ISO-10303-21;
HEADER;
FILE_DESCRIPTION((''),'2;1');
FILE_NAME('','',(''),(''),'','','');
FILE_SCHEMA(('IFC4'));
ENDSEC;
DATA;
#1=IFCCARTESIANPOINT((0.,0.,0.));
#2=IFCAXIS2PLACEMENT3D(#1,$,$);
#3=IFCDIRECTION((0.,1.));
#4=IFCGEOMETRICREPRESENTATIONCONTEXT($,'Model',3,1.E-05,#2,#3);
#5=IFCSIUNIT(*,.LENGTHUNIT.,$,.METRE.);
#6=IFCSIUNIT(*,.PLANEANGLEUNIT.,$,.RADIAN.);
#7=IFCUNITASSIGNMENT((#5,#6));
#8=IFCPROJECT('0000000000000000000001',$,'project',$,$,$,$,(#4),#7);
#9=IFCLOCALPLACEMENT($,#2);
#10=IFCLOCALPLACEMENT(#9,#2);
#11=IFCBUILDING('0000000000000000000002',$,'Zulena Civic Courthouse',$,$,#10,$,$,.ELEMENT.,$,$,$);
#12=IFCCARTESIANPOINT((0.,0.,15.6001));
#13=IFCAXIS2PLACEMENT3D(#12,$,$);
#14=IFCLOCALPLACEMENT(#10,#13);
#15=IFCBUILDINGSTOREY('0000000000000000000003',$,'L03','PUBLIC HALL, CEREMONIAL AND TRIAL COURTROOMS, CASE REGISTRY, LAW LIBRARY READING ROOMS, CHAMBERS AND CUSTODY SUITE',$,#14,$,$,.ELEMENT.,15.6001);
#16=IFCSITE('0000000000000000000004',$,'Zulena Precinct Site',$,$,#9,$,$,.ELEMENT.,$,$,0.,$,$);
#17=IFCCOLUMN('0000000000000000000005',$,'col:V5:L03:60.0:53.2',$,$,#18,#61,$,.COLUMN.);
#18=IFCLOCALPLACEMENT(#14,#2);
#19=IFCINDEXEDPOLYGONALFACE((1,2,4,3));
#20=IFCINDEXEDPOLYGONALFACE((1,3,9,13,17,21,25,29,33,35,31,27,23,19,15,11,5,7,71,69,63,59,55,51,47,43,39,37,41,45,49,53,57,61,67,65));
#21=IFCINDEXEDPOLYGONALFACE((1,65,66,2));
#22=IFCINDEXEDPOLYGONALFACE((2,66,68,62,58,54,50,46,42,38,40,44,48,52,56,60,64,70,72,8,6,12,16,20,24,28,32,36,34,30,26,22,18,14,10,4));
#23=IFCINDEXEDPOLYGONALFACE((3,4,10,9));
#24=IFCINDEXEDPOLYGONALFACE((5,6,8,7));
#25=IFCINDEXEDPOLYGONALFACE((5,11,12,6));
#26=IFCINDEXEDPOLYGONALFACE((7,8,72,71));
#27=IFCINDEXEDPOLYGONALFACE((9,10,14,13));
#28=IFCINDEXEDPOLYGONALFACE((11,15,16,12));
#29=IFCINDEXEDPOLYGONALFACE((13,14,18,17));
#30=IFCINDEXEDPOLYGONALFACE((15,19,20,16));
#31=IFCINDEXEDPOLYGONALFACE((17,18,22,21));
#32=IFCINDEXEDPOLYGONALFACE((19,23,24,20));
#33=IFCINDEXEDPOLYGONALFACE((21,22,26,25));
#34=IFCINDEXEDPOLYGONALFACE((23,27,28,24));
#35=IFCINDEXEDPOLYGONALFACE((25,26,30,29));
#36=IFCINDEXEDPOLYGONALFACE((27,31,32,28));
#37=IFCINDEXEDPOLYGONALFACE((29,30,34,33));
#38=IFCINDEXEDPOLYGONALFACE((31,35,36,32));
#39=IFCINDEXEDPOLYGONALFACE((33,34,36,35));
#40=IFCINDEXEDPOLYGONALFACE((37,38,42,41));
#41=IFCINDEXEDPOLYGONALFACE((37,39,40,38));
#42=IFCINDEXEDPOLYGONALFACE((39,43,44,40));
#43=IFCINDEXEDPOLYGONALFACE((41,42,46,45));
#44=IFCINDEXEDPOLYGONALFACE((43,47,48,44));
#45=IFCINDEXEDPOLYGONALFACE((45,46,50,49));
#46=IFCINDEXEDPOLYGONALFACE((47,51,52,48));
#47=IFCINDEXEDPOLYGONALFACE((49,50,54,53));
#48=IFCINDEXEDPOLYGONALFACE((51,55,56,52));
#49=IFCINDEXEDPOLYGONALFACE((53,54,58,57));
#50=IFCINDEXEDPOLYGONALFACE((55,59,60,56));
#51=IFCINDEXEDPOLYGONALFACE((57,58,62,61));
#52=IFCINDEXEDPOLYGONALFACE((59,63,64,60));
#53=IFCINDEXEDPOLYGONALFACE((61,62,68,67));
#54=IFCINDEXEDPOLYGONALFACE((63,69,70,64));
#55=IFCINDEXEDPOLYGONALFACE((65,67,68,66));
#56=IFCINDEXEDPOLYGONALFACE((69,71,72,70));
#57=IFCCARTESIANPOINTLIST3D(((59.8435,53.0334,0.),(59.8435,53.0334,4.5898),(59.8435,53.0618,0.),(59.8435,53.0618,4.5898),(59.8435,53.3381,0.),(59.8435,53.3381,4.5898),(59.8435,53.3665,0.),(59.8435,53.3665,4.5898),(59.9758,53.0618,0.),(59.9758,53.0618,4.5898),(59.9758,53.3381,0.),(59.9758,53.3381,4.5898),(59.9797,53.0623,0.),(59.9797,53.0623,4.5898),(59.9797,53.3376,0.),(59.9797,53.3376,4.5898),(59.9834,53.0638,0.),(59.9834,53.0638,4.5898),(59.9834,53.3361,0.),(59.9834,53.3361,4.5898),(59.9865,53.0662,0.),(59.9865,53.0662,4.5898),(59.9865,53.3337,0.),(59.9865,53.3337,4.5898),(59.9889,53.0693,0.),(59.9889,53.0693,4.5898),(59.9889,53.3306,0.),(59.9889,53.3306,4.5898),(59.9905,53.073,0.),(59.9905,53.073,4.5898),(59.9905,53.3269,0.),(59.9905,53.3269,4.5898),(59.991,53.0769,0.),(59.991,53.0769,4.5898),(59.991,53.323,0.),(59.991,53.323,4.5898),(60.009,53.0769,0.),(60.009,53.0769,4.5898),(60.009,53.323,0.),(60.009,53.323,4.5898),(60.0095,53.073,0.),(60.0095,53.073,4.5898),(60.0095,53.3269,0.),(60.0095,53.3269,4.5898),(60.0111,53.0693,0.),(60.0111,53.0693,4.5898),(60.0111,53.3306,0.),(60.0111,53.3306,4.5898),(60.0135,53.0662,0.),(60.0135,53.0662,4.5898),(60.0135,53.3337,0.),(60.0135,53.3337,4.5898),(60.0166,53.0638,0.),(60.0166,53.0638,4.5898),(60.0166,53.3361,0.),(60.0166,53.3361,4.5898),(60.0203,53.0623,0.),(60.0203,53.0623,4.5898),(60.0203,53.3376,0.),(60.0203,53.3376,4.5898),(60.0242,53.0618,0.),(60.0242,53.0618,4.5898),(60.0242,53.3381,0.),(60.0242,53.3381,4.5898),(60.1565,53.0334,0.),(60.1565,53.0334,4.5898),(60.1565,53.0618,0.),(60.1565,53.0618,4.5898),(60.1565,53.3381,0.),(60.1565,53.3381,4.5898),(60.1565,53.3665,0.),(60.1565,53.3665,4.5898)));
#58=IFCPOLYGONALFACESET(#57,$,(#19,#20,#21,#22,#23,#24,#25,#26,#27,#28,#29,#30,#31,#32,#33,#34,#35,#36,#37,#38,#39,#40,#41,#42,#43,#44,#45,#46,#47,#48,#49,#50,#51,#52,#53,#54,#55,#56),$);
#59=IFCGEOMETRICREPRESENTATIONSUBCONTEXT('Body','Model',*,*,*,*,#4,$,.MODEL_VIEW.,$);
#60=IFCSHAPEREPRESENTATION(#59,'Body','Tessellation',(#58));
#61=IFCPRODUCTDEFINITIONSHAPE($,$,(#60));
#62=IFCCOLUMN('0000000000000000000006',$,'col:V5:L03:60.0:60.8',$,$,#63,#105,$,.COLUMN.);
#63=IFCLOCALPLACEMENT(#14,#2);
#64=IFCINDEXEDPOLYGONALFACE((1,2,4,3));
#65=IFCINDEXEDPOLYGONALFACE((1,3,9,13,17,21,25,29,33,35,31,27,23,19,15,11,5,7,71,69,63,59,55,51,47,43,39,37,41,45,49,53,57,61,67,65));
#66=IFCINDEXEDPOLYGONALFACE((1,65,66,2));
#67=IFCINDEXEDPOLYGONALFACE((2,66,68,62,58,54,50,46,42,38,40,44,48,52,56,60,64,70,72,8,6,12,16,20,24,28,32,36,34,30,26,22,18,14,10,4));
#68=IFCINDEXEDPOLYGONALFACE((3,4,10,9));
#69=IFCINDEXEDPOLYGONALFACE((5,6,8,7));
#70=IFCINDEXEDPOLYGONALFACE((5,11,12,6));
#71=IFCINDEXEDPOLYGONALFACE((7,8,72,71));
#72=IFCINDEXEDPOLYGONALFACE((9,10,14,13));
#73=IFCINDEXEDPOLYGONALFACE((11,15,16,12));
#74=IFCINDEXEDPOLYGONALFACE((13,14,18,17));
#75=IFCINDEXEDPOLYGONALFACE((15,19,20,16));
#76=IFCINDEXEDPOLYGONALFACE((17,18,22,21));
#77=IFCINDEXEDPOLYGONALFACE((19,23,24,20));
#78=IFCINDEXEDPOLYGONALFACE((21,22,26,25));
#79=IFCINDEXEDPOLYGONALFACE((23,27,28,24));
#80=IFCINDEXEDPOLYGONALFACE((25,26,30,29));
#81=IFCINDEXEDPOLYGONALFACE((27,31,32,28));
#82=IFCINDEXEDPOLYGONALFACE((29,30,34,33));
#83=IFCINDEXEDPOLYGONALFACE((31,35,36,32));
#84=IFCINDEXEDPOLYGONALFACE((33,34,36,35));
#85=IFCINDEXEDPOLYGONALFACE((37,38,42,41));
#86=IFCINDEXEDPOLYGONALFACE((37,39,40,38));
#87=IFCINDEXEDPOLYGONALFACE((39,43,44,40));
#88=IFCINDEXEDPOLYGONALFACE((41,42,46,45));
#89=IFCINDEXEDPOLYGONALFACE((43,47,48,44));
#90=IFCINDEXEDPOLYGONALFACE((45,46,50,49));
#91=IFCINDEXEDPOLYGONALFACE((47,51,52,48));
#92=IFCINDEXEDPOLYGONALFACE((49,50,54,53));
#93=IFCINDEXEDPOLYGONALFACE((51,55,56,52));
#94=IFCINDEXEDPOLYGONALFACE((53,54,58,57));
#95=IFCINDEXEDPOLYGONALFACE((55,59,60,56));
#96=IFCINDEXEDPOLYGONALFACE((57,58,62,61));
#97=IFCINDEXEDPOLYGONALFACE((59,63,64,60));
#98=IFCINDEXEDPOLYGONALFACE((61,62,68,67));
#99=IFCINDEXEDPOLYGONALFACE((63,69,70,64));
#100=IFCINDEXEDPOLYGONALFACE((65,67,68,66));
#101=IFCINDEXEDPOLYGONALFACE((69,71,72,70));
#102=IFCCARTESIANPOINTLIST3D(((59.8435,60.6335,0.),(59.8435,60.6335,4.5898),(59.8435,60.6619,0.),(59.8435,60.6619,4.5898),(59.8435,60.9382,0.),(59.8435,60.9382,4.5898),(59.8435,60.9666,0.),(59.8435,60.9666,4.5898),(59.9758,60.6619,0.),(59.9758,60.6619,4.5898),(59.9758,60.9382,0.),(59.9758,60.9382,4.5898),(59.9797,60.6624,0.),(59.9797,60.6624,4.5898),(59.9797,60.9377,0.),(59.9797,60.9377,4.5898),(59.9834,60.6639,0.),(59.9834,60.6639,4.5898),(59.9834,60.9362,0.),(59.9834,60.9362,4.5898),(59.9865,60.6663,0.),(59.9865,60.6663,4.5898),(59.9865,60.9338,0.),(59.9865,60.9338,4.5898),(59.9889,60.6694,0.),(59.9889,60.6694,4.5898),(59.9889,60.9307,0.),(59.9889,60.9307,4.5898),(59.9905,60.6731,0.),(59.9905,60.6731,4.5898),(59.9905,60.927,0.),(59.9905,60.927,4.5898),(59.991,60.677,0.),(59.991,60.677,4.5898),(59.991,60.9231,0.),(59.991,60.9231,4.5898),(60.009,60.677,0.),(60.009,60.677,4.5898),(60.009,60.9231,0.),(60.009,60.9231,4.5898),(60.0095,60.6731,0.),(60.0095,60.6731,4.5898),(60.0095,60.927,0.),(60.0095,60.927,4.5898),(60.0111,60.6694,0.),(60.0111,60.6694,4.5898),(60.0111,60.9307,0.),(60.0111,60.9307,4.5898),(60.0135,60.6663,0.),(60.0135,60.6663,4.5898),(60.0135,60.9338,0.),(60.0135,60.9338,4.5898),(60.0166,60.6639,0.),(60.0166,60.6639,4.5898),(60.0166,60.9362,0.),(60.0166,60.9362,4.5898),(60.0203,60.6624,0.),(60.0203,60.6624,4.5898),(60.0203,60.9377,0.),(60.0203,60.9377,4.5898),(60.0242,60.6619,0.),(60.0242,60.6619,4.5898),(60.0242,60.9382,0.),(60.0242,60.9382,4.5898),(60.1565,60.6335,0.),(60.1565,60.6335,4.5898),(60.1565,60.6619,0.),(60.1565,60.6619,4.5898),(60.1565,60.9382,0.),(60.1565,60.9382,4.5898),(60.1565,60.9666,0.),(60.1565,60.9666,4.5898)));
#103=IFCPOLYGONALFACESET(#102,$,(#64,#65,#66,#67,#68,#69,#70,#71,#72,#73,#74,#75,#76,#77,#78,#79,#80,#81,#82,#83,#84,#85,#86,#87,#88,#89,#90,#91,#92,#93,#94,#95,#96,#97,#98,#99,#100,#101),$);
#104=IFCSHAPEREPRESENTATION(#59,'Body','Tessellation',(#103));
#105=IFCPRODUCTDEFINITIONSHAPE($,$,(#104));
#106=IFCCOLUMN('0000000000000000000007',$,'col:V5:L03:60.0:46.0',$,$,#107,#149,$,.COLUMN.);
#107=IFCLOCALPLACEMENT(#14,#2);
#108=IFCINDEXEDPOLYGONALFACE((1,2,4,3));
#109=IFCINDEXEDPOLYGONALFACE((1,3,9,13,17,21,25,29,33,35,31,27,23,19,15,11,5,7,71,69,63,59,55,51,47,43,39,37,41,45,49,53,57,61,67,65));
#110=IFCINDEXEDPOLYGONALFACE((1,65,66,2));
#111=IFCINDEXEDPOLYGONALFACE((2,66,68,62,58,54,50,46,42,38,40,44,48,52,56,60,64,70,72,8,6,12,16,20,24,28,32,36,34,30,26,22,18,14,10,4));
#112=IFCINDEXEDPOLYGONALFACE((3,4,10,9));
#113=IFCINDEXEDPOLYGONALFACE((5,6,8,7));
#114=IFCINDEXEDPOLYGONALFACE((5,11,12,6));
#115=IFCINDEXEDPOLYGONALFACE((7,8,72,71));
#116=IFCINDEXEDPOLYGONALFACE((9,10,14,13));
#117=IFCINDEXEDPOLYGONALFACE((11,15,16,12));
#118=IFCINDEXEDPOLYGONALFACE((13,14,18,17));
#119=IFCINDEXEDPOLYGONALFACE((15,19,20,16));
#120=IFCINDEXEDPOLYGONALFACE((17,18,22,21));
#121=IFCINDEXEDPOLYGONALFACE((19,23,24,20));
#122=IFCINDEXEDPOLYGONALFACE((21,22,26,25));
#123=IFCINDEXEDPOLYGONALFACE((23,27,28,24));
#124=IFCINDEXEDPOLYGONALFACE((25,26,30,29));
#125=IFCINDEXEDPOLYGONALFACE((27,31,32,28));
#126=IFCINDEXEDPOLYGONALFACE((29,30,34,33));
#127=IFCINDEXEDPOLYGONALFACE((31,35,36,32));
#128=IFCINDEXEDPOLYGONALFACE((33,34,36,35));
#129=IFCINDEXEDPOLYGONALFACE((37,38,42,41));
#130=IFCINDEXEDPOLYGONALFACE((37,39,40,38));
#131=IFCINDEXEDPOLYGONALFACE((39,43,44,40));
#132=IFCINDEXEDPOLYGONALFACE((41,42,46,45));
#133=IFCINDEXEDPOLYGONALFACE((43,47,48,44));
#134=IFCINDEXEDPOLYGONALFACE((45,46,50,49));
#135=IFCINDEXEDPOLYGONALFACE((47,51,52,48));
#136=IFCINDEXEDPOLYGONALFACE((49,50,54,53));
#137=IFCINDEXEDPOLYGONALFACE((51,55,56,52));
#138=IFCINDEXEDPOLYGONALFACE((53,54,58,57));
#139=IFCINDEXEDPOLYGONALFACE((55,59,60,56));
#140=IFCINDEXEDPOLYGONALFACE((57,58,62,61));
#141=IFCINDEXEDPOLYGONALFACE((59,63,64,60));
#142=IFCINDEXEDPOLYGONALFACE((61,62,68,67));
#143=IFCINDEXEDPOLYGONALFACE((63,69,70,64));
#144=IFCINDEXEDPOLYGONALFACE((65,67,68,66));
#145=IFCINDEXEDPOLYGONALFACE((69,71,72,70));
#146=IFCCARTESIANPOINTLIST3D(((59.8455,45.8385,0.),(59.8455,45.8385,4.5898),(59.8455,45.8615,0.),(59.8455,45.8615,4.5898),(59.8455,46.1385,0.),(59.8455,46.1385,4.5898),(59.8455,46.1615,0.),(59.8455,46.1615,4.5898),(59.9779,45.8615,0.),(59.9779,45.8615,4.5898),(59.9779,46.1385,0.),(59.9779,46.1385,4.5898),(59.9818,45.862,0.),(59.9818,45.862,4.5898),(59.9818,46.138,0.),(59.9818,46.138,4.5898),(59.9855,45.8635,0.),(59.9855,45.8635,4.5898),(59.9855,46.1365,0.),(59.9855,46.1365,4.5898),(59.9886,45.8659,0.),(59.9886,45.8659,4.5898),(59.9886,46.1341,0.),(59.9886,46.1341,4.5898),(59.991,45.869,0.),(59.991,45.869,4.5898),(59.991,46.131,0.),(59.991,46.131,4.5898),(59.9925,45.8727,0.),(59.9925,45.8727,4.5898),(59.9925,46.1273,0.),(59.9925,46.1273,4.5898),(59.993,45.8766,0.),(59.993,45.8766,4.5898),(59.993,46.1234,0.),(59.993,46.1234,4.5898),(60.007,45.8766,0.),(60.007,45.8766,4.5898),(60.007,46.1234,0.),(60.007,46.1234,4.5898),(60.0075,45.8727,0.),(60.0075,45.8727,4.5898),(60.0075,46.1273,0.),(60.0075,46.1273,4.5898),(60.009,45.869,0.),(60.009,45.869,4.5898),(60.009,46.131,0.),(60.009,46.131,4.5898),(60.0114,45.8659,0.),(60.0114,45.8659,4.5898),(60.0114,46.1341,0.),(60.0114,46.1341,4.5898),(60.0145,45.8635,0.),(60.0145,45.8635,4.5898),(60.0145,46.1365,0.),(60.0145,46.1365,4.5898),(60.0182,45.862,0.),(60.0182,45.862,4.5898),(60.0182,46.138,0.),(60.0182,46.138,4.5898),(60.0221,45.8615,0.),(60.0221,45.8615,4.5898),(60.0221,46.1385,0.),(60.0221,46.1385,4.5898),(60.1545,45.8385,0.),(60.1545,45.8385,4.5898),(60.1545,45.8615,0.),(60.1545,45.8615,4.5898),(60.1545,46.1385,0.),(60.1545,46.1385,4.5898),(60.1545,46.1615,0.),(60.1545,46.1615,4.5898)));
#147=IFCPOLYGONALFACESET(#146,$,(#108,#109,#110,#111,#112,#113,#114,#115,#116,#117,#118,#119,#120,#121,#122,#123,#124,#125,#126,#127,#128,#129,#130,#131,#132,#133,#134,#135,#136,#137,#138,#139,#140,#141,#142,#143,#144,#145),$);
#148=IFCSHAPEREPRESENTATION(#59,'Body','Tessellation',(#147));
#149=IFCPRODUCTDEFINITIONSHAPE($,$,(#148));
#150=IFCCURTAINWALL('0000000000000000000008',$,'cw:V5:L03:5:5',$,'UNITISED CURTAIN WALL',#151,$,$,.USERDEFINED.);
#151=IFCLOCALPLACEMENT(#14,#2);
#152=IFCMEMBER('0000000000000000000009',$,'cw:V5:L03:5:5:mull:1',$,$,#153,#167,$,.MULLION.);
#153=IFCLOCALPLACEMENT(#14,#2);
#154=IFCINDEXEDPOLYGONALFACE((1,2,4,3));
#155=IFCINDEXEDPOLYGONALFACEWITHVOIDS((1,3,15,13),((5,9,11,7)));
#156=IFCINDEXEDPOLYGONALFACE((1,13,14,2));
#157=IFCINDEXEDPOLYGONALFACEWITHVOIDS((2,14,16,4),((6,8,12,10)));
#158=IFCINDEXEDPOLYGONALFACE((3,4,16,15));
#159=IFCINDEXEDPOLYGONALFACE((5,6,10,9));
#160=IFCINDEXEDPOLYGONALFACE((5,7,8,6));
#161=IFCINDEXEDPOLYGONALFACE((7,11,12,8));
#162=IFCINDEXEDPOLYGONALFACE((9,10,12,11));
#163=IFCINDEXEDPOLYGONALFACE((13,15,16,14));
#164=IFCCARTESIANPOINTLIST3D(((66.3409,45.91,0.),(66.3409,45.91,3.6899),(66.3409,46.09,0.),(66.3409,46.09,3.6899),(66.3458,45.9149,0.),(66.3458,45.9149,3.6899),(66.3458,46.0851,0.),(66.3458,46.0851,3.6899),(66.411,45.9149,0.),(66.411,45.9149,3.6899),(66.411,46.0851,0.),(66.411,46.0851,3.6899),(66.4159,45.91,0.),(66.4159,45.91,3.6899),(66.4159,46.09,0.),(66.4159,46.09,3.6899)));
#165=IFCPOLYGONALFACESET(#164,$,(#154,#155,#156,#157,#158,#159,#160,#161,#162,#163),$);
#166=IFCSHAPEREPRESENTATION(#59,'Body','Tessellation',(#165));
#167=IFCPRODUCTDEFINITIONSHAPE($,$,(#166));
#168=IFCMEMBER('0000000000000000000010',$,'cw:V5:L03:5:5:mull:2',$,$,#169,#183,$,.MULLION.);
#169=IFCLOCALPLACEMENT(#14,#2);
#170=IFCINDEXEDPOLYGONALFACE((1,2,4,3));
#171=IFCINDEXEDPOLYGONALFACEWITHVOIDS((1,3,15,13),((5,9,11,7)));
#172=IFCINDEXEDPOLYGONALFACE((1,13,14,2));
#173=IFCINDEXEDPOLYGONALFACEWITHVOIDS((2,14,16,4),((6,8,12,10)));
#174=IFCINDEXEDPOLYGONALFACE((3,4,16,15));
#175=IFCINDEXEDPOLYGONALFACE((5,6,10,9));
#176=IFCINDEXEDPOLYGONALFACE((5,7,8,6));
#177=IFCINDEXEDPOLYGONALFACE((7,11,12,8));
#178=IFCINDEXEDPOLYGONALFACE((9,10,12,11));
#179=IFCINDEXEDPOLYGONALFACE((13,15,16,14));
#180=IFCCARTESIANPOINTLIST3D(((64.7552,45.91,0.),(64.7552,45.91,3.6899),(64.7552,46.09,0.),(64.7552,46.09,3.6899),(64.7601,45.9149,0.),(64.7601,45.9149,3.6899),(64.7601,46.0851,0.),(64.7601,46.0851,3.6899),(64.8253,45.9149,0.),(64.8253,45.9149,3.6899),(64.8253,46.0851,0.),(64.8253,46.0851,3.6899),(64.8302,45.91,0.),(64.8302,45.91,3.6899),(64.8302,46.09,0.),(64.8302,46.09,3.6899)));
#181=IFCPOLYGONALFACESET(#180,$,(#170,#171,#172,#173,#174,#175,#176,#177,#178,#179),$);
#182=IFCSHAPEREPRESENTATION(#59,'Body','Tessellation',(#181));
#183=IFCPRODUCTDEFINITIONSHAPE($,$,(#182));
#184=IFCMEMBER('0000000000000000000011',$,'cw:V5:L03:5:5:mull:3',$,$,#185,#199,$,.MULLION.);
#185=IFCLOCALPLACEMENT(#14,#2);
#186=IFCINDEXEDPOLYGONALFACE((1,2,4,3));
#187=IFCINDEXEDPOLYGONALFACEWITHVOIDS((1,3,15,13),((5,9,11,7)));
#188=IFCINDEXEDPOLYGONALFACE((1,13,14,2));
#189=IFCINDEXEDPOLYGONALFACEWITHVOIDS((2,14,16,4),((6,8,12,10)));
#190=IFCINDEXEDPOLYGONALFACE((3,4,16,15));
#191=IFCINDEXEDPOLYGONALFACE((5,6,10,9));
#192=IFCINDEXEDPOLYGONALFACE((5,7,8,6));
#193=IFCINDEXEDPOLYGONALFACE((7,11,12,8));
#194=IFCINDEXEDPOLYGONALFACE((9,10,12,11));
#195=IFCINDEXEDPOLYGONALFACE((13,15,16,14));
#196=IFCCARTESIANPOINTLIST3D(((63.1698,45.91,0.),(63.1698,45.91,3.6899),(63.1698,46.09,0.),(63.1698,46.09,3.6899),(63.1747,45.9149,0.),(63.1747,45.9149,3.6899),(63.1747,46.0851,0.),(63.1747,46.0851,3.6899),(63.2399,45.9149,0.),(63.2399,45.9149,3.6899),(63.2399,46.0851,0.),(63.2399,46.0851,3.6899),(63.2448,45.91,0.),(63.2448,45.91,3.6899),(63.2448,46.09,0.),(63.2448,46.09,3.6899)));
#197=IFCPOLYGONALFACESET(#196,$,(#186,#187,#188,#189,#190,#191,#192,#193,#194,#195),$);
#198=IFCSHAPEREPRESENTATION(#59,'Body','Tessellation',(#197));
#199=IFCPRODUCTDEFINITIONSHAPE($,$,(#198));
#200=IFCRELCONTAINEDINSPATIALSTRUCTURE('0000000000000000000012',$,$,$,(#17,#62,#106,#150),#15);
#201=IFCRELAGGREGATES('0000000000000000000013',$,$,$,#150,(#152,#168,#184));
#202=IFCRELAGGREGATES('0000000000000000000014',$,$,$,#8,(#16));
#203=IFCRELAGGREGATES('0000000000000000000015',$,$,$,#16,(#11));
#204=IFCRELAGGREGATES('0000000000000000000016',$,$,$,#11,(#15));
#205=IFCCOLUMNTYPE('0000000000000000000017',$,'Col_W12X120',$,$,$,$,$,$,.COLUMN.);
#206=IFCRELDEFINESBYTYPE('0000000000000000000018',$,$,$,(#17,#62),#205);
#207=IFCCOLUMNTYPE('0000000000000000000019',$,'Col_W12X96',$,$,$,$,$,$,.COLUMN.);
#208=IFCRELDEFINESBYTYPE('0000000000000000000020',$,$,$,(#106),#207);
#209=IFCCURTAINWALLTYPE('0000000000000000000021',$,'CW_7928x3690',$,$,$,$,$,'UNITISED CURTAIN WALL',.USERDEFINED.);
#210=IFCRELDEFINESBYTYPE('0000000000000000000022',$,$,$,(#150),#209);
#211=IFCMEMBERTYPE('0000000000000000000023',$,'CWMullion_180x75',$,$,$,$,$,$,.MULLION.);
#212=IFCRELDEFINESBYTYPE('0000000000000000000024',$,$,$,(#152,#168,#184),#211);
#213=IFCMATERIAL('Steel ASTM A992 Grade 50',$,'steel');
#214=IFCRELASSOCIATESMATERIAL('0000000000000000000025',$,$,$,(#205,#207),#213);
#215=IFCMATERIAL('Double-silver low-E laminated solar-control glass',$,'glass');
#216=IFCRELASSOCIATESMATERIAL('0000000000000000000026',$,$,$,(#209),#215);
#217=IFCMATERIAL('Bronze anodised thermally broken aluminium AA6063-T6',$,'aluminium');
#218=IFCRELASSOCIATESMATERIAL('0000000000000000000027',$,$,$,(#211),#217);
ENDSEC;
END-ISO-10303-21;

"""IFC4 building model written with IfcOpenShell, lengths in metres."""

from ifc_helpers import new_model, si_unit, direction, frame, origin, origin_2d, place, context, subcontext, project, spatial, hollow_rectangle, i_section, extrude, material, material_profile, profile_set, type_object, element, aggregate, save


model = new_model("IFC4")

# Units and contexts
model_context = context("Model", 3, precision=1e-05, world=origin(), true_north=direction((0.0, 1.0)))
body_context = subcontext(model_context, "Body", "Model", "MODEL_VIEW")
ifc_project = project(units=[si_unit("LENGTHUNIT", "METRE"), si_unit("PLANEANGLEUNIT", "RADIAN")], contexts=[model_context])

# Site, building, storey
site_placement = place(None, origin())
site = spatial("IfcSite", under=ifc_project, at=site_placement, Name="Zulena Precinct Site", CompositionType="ELEMENT", RefElevation=0.0)
building_placement = place(site_placement, origin())
building = spatial("IfcBuilding", under=site, at=building_placement, Name="Zulena Civic Courthouse", CompositionType="ELEMENT")
storey_placement = place(building_placement, frame((0.0, 0.0, 15.6001)))
storey = spatial("IfcBuildingStorey", under=building, at=storey_placement, Name="L03", Description="PUBLIC HALL, CEREMONIAL AND TRIAL COURTROOMS, CASE REGISTRY, LAW LIBRARY READING ROOMS, CHAMBERS AND CUSTODY SUITE", CompositionType="ELEMENT", Elevation=15.6001)

# Columns
ifc_material_1 = material(Name="Steel ASTM A992 Grade 50", Category="steel")
ifc_material_profile_1 = material_profile(ifc_material_1, i_section(OverallWidth=0.313, OverallDepth=0.333, WebThickness=0.0181, FlangeThickness=0.0283, FilletRadius=0.0151, at=origin_2d()), Name="W12X120")
ifc_profile_set_1 = profile_set([ifc_material_profile_1], Name="Steel ASTM A992 Grade 50")
column_type_1 = type_object("IfcColumnType", Name="Col_W12X120", PredefinedType="COLUMN", material=ifc_profile_set_1)
for number, where, z_axis, x_axis, name in (
    (1, (60.0, 53.2, 0.0), (0.0, 0.0, 1.0), (1.0, 0.0, 0.0), "col:V5:L03:60.0:53.2"),
    (2, (60.0, 60.8, 0.0), (0.0, 0.0, 1.0), (1.0, 0.0, 0.0), "col:V5:L03:60.0:60.8"),
):
    element("IfcColumn", number, at=place(storey_placement, frame(where, z_axis=z_axis, x_axis=x_axis)), inside=storey, type_object=column_type_1, Name=name, PredefinedType="COLUMN", context=body_context, shape_type="SweptSolid", body=[
        extrude(i_section(OverallWidth=0.313, OverallDepth=0.333, WebThickness=0.0181, FlangeThickness=0.0283, FilletRadius=0.0151, at=origin_2d()), origin(), (0.0, 0.0, 1.0), 4.5898),
    ])
ifc_material_profile_2 = material_profile(ifc_material_1, i_section(OverallWidth=0.3091, OverallDepth=0.323, WebThickness=0.0139, FlangeThickness=0.0229, FilletRadius=0.0151, at=origin_2d()), Name="W12X96")
ifc_profile_set_2 = profile_set([ifc_material_profile_2], Name="Steel ASTM A992 Grade 50")
column_type_2 = type_object("IfcColumnType", Name="Col_W12X96", PredefinedType="COLUMN", material=ifc_profile_set_2)
column_placement = place(storey_placement, frame((60.0, 46.0, 0.0), z_axis=(0.0, 0.0, 1.0), x_axis=(1.0, 0.0, 0.0)))
element("IfcColumn", 3, at=column_placement, inside=storey, type_object=column_type_2, Name="col:V5:L03:60.0:46.0", PredefinedType="COLUMN", context=body_context, shape_type="SweptSolid", body=[
    extrude(i_section(OverallWidth=0.3091, OverallDepth=0.323, WebThickness=0.0139, FlangeThickness=0.0229, FilletRadius=0.0151, at=origin_2d()), origin(), (0.0, 0.0, 1.0), 4.5898),
])

# Curtain wall, members
ifc_material_2 = material(Name="Double-silver low-E laminated solar-control glass", Category="glass")
curtain_wall_type = type_object("IfcCurtainWallType", Name="CW_7928x3690", ElementType="UNITISED CURTAIN WALL", PredefinedType="USERDEFINED", material=ifc_material_2)
curtain_wall_placement = place(storey_placement, origin())
curtain_wall = element("IfcCurtainWall", 4, at=curtain_wall_placement, inside=storey, type_object=curtain_wall_type, Name="cw:V5:L03:5:5", ObjectType="UNITISED CURTAIN WALL", PredefinedType="USERDEFINED")
ifc_material_3 = material(Name="Bronze anodised thermally broken aluminium AA6063-T6", Category="aluminium")
ifc_material_profile_3 = material_profile(ifc_material_3, hollow_rectangle(XDim=0.075, YDim=0.1799, WallThickness=0.0049, at=origin_2d()), Name="CWM180X75X5")
ifc_profile_set_3 = profile_set([ifc_material_profile_3], Name="Bronze anodised thermally broken aluminium AA6063-T6")
member_type = type_object("IfcMemberType", Name="CWMullion_180x75", PredefinedType="MULLION", material=ifc_profile_set_3)
member_1_placement = place(storey_placement, frame((66.3784, 46.0, 0.0), z_axis=(0.0, 0.0, 1.0), x_axis=(1.0, 0.0, 0.0)))
member_1 = element("IfcMember", 5, at=member_1_placement, type_object=member_type, Name="cw:V5:L03:5:5:mull:1", PredefinedType="MULLION", context=body_context, shape_type="SweptSolid", body=[
    extrude(hollow_rectangle(XDim=0.075, YDim=0.1799, WallThickness=0.0049, at=origin_2d()), origin(), (0.0, 0.0, 1.0), 3.6899),
])
member_2_placement = place(storey_placement, frame((64.7927, 46.0, 0.0), z_axis=(0.0, 0.0, 1.0), x_axis=(1.0, 0.0, 0.0)))
member_2 = element("IfcMember", 6, at=member_2_placement, type_object=member_type, Name="cw:V5:L03:5:5:mull:2", PredefinedType="MULLION", context=body_context, shape_type="SweptSolid", body=[
    extrude(hollow_rectangle(XDim=0.075, YDim=0.1799, WallThickness=0.0049, at=origin_2d()), origin(), (0.0, 0.0, 1.0), 3.6899),
])
member_3_placement = place(storey_placement, frame((63.2073, 46.0, 0.0), z_axis=(0.0, 0.0, 1.0), x_axis=(1.0, 0.0, 0.0)))
member_3 = element("IfcMember", 7, at=member_3_placement, type_object=member_type, Name="cw:V5:L03:5:5:mull:3", PredefinedType="MULLION", context=body_context, shape_type="SweptSolid", body=[
    extrude(hollow_rectangle(XDim=0.075, YDim=0.1799, WallThickness=0.0049, at=origin_2d()), origin(), (0.0, 0.0, 1.0), 3.6899),
])

aggregate(curtain_wall, [member_1, member_2, member_3])

save(model, "model.ifc")
